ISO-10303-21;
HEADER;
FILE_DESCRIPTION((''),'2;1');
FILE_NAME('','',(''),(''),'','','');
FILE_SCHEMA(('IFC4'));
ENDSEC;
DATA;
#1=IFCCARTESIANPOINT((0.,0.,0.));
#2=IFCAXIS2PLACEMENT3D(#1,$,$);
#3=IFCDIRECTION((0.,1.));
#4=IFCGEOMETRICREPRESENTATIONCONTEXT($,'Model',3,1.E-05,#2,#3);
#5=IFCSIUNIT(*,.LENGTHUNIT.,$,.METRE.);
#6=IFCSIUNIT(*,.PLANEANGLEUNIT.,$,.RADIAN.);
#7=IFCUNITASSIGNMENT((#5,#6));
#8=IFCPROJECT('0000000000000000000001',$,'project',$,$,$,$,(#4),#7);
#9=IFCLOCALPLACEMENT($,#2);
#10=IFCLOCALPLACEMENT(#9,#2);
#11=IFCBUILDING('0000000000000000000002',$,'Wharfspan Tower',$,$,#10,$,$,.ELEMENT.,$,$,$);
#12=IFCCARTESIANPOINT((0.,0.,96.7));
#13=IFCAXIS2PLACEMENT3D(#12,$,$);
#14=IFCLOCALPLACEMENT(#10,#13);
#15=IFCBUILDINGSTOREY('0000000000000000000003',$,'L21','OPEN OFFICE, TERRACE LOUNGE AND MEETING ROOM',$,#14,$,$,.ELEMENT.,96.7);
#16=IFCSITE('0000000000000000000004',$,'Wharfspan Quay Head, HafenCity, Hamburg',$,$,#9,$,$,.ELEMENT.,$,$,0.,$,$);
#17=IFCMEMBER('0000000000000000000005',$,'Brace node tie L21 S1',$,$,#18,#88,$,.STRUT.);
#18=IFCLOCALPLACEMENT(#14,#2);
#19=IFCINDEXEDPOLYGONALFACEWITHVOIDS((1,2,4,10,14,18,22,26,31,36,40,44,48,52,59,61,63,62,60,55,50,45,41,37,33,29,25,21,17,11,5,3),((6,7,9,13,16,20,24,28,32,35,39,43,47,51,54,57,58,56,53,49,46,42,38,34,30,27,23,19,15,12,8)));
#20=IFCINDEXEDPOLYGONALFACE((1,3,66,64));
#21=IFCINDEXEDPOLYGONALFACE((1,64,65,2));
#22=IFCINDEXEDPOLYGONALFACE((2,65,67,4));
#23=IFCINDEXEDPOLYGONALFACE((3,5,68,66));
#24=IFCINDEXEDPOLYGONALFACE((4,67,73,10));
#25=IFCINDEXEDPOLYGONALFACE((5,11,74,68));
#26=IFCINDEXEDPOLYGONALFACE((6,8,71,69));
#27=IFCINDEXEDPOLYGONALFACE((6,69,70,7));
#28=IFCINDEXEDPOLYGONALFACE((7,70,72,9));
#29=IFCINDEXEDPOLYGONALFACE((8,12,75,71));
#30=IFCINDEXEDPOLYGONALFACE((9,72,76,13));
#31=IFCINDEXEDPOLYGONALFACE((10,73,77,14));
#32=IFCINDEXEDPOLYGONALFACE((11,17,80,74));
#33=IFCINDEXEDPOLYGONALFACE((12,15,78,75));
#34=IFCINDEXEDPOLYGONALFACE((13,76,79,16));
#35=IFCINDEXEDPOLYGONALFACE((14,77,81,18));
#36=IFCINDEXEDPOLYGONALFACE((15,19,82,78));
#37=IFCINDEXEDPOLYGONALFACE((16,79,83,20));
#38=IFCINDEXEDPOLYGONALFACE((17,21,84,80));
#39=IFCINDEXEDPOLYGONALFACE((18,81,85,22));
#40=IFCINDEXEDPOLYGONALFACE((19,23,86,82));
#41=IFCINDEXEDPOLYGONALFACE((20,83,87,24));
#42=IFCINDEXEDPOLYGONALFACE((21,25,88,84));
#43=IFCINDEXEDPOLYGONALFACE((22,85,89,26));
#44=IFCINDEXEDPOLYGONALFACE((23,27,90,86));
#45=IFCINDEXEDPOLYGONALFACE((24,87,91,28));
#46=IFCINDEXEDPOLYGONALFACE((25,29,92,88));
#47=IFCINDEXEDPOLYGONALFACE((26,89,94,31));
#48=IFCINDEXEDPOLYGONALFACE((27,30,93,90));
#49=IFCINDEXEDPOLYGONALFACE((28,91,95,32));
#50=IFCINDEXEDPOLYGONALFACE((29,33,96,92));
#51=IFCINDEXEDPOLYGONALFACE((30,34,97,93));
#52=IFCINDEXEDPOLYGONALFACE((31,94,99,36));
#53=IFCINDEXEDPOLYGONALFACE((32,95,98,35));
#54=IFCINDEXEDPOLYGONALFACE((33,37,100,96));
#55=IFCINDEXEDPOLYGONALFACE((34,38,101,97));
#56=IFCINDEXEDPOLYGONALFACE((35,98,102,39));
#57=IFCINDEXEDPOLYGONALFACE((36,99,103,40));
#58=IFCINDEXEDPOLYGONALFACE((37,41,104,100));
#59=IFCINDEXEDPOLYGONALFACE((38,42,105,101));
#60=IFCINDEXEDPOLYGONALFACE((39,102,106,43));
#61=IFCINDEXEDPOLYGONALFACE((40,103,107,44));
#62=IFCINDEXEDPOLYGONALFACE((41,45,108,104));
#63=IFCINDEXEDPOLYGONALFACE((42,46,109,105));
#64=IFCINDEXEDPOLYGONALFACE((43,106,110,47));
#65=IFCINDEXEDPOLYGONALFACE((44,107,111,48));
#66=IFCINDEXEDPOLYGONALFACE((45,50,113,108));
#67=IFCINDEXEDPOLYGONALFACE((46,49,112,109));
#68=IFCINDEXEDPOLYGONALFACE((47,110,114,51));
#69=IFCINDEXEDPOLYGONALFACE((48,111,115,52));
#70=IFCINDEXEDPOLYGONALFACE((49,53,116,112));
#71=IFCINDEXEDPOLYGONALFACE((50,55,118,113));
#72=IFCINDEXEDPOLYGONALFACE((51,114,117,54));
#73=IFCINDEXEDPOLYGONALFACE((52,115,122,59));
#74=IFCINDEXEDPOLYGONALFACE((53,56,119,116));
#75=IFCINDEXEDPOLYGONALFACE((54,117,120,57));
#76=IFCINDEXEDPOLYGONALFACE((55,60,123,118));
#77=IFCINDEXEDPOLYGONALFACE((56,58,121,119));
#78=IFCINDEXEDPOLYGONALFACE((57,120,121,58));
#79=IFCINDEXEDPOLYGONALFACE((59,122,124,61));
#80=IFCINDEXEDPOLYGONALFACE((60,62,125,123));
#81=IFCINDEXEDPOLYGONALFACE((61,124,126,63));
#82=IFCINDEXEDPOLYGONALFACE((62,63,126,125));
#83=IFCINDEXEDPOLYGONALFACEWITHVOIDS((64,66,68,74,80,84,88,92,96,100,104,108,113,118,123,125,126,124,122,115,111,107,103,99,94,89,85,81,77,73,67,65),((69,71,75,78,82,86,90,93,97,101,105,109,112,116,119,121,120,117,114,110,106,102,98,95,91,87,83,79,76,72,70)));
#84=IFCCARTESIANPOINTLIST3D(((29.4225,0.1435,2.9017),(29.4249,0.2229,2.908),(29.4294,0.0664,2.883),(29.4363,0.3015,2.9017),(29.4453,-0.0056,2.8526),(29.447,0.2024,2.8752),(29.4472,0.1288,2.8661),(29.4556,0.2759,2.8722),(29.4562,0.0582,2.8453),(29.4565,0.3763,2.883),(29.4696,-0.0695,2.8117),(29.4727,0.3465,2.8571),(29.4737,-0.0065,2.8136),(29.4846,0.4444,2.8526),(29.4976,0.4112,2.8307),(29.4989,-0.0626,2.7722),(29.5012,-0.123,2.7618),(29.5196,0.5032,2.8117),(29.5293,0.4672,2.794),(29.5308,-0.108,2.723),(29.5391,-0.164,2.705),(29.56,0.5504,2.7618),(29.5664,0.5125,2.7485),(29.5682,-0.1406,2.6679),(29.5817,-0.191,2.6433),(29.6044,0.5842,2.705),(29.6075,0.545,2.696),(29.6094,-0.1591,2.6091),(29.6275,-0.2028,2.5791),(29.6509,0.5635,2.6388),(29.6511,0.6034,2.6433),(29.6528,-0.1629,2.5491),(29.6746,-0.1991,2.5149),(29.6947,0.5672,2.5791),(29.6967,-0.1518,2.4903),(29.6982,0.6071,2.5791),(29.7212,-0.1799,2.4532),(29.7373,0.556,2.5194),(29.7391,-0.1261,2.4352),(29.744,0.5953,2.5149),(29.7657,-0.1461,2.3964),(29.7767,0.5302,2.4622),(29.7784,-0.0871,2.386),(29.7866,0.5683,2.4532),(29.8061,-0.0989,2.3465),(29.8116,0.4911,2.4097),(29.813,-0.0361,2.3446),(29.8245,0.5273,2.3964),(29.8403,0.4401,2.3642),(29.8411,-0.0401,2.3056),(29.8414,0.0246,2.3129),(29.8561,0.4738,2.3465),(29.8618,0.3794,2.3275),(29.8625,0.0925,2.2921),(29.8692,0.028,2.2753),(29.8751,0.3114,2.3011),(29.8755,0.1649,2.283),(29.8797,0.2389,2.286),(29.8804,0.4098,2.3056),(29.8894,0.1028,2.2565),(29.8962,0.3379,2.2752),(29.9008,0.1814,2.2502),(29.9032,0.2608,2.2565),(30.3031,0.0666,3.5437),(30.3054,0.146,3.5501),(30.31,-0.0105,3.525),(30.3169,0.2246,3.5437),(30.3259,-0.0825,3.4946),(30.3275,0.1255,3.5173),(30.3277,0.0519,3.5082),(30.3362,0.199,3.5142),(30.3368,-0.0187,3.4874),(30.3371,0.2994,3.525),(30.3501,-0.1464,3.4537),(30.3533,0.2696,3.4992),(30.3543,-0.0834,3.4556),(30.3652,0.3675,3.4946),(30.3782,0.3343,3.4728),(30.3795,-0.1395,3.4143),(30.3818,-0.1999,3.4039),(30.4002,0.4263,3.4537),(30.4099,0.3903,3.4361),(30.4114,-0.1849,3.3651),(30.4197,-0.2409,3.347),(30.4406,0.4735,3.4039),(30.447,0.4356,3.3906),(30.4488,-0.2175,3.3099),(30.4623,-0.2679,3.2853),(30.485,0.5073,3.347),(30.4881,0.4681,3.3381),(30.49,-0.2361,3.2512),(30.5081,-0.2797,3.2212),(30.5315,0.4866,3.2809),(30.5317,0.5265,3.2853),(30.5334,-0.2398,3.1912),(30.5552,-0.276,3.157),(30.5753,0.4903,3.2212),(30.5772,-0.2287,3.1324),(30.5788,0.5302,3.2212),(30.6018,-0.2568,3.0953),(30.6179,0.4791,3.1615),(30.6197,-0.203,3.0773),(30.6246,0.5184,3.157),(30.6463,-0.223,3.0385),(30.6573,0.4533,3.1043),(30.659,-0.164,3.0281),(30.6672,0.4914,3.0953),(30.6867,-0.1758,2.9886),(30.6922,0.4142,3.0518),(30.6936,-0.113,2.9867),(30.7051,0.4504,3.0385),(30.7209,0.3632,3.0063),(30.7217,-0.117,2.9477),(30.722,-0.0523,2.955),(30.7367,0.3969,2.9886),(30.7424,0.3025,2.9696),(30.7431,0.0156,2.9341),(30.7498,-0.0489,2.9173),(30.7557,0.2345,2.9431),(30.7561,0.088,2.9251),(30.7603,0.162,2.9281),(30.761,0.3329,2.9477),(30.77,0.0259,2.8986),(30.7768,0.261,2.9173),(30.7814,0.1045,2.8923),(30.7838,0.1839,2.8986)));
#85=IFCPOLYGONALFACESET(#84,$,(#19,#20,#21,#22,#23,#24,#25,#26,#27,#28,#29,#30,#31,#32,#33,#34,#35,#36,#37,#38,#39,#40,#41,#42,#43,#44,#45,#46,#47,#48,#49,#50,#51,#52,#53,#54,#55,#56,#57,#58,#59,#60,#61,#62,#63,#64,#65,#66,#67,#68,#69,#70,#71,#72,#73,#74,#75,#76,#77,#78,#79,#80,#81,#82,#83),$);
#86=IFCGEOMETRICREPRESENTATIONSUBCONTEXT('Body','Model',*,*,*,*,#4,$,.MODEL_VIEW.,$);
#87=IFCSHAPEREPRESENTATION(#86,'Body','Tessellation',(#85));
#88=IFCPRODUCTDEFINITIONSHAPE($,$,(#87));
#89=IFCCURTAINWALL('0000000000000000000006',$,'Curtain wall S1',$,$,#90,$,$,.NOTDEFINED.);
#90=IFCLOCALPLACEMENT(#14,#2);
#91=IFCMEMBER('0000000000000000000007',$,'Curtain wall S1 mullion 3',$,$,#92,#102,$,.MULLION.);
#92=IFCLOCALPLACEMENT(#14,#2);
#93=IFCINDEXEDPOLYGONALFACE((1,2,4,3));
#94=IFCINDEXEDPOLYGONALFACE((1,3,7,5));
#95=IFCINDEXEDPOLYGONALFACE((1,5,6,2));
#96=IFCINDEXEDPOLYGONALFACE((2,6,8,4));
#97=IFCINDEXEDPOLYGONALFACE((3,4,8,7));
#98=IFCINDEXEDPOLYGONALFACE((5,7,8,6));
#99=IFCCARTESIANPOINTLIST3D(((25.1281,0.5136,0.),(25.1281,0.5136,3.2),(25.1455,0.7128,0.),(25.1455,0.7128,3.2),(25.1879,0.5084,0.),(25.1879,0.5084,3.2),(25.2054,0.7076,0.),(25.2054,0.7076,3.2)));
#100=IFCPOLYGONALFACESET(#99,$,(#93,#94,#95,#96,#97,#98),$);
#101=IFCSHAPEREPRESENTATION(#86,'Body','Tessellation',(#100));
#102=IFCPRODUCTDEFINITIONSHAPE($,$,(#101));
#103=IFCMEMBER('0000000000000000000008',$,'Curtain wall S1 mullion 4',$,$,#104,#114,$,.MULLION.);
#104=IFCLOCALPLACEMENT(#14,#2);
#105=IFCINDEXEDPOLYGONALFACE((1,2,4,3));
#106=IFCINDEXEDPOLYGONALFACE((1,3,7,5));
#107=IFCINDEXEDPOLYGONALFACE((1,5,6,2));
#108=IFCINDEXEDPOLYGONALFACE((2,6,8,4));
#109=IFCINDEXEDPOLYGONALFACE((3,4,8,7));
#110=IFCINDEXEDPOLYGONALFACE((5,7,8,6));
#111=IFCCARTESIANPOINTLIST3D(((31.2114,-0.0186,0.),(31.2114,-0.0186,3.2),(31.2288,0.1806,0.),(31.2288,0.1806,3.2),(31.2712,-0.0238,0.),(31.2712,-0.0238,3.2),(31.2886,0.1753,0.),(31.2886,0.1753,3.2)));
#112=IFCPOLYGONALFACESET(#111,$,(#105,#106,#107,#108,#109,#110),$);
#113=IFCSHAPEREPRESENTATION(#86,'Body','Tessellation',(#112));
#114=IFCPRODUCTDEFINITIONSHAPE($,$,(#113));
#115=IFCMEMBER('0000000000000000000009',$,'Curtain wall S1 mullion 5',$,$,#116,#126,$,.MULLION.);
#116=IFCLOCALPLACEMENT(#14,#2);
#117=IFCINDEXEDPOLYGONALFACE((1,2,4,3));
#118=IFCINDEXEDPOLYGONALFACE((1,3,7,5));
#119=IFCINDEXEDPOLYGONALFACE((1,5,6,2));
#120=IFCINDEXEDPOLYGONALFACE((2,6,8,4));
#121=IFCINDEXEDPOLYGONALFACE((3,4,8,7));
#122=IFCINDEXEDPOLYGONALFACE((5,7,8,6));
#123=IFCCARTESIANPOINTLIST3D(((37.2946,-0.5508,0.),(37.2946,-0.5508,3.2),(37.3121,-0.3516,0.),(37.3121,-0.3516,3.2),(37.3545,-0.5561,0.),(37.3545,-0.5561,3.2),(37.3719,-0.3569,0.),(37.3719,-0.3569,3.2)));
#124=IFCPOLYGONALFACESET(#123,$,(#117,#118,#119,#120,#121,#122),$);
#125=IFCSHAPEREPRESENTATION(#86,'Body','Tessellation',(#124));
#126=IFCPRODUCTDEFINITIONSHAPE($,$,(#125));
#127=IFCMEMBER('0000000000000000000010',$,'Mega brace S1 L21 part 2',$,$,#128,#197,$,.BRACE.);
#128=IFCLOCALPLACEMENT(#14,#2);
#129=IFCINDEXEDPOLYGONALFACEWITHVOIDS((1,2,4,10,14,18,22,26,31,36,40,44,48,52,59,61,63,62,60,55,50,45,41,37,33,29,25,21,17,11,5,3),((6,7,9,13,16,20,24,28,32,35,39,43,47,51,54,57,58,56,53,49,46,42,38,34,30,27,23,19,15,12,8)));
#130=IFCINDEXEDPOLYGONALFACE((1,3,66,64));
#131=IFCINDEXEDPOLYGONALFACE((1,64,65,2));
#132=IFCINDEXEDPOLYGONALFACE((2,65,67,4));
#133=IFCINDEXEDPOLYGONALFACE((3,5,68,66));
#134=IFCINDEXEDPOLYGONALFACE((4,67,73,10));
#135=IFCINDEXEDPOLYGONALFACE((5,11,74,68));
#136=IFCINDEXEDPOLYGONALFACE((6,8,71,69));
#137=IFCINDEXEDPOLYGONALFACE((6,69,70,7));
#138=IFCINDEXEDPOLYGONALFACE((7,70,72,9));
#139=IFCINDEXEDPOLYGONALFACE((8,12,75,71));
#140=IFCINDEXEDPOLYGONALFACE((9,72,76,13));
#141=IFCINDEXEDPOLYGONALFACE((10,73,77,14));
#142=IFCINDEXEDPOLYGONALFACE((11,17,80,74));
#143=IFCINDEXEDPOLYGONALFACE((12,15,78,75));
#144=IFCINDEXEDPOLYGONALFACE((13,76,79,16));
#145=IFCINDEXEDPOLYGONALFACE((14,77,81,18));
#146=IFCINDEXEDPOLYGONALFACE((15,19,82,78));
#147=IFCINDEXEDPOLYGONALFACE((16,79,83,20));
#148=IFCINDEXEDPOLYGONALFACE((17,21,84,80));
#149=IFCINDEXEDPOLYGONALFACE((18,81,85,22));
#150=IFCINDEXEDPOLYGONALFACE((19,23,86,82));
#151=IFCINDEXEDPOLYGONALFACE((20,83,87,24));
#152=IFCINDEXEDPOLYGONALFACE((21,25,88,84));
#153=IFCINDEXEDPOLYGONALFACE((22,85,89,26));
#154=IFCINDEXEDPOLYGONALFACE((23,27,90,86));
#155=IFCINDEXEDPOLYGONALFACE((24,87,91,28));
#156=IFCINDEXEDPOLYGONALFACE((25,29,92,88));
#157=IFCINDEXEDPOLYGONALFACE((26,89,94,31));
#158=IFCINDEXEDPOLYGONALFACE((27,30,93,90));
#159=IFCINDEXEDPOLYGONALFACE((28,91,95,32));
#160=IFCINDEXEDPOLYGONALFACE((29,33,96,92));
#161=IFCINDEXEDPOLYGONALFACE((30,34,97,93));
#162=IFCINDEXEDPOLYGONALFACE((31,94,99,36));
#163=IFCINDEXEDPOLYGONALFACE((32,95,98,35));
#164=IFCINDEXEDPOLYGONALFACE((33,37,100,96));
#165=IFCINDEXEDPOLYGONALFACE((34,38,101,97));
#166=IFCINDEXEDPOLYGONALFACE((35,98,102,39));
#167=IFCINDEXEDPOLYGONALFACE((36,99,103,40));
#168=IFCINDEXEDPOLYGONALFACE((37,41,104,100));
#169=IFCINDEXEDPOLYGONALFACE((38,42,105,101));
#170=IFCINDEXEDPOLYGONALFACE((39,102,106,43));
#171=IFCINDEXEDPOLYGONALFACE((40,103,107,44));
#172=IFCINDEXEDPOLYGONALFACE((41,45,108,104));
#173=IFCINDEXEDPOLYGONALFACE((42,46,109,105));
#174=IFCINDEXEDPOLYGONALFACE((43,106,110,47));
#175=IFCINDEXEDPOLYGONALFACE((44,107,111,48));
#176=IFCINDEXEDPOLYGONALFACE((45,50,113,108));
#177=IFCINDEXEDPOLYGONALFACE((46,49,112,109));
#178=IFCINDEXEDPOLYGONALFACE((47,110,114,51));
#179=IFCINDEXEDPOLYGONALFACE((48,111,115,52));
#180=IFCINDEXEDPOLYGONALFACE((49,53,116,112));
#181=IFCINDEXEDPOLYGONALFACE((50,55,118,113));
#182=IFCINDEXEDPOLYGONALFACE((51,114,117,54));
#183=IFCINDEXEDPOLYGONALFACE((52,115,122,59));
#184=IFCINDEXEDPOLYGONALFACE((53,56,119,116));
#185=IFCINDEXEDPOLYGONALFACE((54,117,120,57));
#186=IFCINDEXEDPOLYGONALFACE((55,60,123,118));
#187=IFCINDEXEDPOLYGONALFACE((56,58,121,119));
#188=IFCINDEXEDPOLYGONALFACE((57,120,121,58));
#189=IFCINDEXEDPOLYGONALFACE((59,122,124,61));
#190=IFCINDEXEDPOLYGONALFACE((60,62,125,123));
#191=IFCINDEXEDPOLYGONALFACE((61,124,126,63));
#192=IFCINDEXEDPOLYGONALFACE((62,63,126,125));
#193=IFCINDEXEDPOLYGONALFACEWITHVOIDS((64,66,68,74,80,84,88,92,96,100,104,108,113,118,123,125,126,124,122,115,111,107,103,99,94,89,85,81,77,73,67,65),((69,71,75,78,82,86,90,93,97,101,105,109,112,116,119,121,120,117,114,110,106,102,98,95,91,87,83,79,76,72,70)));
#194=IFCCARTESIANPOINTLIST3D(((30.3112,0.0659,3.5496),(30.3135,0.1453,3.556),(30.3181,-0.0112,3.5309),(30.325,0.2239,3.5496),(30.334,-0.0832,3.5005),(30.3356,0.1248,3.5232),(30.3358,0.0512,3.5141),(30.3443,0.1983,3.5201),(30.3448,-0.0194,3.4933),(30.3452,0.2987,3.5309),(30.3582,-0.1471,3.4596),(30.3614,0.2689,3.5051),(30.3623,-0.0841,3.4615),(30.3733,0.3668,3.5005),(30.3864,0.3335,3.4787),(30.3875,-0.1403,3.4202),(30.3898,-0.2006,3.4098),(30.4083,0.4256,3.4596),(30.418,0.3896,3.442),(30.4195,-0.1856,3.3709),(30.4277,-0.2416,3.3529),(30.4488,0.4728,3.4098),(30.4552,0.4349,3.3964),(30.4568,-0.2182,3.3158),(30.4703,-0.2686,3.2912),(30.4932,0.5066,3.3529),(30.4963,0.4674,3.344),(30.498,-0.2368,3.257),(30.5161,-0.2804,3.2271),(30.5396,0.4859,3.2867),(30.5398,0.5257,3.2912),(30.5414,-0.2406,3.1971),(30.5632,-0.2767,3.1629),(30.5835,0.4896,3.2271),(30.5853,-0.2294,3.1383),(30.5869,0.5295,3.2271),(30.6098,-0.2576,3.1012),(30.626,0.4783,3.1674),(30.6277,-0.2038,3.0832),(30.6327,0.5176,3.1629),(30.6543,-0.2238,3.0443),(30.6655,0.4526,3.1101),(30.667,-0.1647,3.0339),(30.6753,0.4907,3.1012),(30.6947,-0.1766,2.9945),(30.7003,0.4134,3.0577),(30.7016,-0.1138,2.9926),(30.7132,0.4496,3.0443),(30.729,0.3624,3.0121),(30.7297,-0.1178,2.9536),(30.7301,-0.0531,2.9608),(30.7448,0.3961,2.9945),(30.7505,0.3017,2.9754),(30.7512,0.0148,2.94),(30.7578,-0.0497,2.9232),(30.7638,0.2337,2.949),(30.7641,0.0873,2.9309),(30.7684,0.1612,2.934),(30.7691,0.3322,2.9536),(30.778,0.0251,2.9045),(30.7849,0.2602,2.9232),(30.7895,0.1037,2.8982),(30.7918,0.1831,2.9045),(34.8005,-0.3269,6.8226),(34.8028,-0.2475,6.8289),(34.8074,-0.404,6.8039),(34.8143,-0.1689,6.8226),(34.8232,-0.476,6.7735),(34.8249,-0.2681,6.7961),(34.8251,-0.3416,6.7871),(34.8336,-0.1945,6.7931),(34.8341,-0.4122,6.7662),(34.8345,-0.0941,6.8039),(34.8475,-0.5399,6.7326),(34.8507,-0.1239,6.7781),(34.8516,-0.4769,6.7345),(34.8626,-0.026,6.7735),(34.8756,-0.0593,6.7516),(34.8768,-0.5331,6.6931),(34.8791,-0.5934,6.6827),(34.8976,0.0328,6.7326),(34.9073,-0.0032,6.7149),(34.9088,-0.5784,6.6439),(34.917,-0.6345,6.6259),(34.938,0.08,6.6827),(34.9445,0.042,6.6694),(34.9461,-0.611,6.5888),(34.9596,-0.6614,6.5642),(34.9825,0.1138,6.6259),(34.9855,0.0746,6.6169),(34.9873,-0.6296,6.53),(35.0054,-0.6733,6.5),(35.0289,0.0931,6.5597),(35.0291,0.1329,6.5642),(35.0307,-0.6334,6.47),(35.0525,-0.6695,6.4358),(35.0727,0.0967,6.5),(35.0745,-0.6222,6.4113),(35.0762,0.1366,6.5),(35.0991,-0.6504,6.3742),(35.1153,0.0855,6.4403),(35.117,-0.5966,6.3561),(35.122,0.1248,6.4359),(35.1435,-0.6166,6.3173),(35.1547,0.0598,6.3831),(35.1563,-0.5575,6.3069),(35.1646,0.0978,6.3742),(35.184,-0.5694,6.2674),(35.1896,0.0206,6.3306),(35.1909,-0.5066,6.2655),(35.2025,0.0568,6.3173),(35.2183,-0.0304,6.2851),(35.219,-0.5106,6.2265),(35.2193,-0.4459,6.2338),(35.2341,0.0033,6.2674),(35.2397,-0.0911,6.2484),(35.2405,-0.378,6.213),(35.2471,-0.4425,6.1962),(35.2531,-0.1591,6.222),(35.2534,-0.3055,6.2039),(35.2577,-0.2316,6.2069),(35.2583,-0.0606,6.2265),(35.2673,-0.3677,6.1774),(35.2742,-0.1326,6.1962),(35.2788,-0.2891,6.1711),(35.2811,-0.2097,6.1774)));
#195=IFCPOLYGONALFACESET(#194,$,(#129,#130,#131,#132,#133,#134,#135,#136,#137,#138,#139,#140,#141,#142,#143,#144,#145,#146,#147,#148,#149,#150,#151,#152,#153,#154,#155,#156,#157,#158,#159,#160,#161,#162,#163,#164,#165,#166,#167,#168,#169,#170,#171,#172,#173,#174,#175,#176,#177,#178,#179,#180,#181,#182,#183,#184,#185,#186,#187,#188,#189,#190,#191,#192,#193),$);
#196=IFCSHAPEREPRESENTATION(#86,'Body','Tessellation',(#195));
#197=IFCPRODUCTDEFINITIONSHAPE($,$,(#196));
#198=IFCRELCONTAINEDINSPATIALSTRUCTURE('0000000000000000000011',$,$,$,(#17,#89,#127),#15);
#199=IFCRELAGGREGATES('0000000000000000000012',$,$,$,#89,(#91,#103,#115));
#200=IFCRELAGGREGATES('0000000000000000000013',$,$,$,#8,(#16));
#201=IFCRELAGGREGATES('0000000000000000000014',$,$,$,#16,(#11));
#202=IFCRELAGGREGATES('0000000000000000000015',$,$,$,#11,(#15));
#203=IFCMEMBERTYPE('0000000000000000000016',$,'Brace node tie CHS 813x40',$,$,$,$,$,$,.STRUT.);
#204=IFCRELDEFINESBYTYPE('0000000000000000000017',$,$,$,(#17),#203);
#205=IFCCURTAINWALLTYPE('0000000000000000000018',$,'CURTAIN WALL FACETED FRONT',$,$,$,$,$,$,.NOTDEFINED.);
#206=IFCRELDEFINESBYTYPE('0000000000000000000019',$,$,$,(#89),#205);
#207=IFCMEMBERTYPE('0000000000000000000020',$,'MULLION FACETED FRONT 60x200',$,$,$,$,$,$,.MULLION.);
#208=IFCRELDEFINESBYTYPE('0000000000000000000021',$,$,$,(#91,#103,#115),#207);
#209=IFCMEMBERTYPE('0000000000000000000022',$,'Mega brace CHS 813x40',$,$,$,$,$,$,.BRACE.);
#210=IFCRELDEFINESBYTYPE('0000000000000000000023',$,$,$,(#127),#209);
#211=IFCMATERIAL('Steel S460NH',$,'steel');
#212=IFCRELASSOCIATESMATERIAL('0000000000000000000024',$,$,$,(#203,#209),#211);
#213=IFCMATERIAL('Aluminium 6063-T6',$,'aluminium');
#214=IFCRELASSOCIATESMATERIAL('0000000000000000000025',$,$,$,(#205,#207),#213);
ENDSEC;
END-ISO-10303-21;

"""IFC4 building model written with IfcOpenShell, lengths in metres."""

from ifc_helpers import new_model, si_unit, direction, frame, origin, origin_2d, place, context, subcontext, project, spatial, rectangle, hollow_circle, extrude, material, material_profile, profile_set, type_object, element, aggregate, save


model = new_model("IFC4")

# Units and contexts
model_context = context("Model", 3, precision=1e-05, world=origin(), true_north=direction((0.0, 1.0)))
body_context = subcontext(model_context, "Body", "Model", "MODEL_VIEW")
ifc_project = project(units=[si_unit("LENGTHUNIT", "METRE"), si_unit("PLANEANGLEUNIT", "RADIAN")], contexts=[model_context])

# Site, building, storey
site_placement = place(None, origin())
site = spatial("IfcSite", under=ifc_project, at=site_placement, Name="Wharfspan Quay Head, HafenCity, Hamburg", CompositionType="ELEMENT", RefElevation=0.0)
building_placement = place(site_placement, origin())
building = spatial("IfcBuilding", under=site, at=building_placement, Name="Wharfspan Tower", CompositionType="ELEMENT")
storey_placement = place(building_placement, frame((0.0, 0.0, 96.7)))
storey = spatial("IfcBuildingStorey", under=building, at=storey_placement, Name="L21", Description="OPEN OFFICE, TERRACE LOUNGE AND MEETING ROOM", CompositionType="ELEMENT", Elevation=96.7)

# Member
ifc_material_1 = material(Name="Steel S460NH", Category="steel")
ifc_material_profile_1 = material_profile(ifc_material_1, hollow_circle(Radius=0.4065, WallThickness=0.04, at=origin_2d()))
ifc_profile_set_1 = profile_set([ifc_material_profile_1], Name="Steel S460NH")
member_type_1 = type_object("IfcMemberType", Name="Brace node tie CHS 813x40", PredefinedType="STRUT", material=ifc_profile_set_1)
member_1_placement = place(storey_placement, frame((29.6628, 0.2021, 2.5791), z_axis=(0.806014, -0.070389, 0.587696), x_axis=(0.086999, 0.996204, -0.000001)))
element("IfcMember", 1, at=member_1_placement, inside=storey, type_object=member_type_1, Name="Brace node tie L21 S1", PredefinedType="STRUT", context=body_context, shape_type="SweptSolid", body=[
    extrude(hollow_circle(Radius=0.4065, WallThickness=0.04, at=origin_2d()), origin(), (0.0, 0.0, 1.0), 1.0925),
])

# Curtain wall, members
ifc_material_2 = material(Name="Aluminium 6063-T6", Category="aluminium")
curtain_wall_type = type_object("IfcCurtainWallType", Name="CURTAIN WALL FACETED FRONT", PredefinedType="NOTDEFINED", material=ifc_material_2)
curtain_wall_placement = place(storey_placement, origin())
curtain_wall = element("IfcCurtainWall", 2, at=curtain_wall_placement, inside=storey, type_object=curtain_wall_type, Name="Curtain wall S1", PredefinedType="NOTDEFINED")
ifc_material_profile_2 = material_profile(ifc_material_2, rectangle(XDim=0.2, YDim=0.0601, at=origin_2d()))
ifc_profile_set_2 = profile_set([ifc_material_profile_2], Name="Aluminium 6063-T6")
member_type_2 = type_object("IfcMemberType", Name="MULLION FACETED FRONT 60x200", PredefinedType="MULLION", material=ifc_profile_set_2)
member_2_placement = place(storey_placement, frame((25.1667, 0.6106, 0.0), z_axis=(0.0, 0.0, 1.0), x_axis=(0.087156, 0.996198, 0.0)))
member_2 = element("IfcMember", 3, at=member_2_placement, type_object=member_type_2, Name="Curtain wall S1 mullion 3", PredefinedType="MULLION", context=body_context, shape_type="SweptSolid", body=[
    extrude(rectangle(XDim=0.2, YDim=0.0601, at=origin_2d()), origin(), (0.0, 0.0, 1.0), 3.2),
])
member_3_placement = place(storey_placement, frame((31.25, 0.0784, 0.0), z_axis=(0.0, 0.0, 1.0), x_axis=(0.087156, 0.996198, 0.0)))
member_3 = element("IfcMember", 4, at=member_3_placement, type_object=member_type_2, Name="Curtain wall S1 mullion 4", PredefinedType="MULLION", context=body_context, shape_type="SweptSolid", body=[
    extrude(rectangle(XDim=0.2, YDim=0.0601, at=origin_2d()), origin(), (0.0, 0.0, 1.0), 3.2),
])
member_4_placement = place(storey_placement, frame((37.3333, -0.4539, 0.0), z_axis=(0.0, 0.0, 1.0), x_axis=(0.087156, 0.996198, 0.0)))
member_4 = element("IfcMember", 5, at=member_4_placement, type_object=member_type_2, Name="Curtain wall S1 mullion 5", PredefinedType="MULLION", context=body_context, shape_type="SweptSolid", body=[
    extrude(rectangle(XDim=0.2, YDim=0.0601, at=origin_2d()), origin(), (0.0, 0.0, 1.0), 3.2),
])

# Member
ifc_material_profile_3 = material_profile(ifc_material_1, hollow_circle(Radius=0.4065, WallThickness=0.04, at=origin_2d()))
ifc_profile_set_3 = profile_set([ifc_material_profile_3], Name="Steel S460NH")
member_type_3 = type_object("IfcMemberType", Name="Mega brace CHS 813x40", PredefinedType="BRACE", material=ifc_profile_set_3)
member_5_placement = place(storey_placement, frame((30.5515, 0.1245, 3.2271), z_axis=(0.806035, -0.07053, 0.58765), x_axis=(0.087168, 0.996195, 0.000002)))
element("IfcMember", 6, at=member_5_placement, inside=storey, type_object=member_type_3, Name="Mega brace S1 L21 part 2", PredefinedType="BRACE", context=body_context, shape_type="SweptSolid", body=[
    extrude(hollow_circle(Radius=0.4065, WallThickness=0.04, at=origin_2d()), origin(), (0.0, 0.0, 1.0), 5.5696),
])

aggregate(curtain_wall, [member_2, member_3, member_4])

save(model, "model.ifc")
